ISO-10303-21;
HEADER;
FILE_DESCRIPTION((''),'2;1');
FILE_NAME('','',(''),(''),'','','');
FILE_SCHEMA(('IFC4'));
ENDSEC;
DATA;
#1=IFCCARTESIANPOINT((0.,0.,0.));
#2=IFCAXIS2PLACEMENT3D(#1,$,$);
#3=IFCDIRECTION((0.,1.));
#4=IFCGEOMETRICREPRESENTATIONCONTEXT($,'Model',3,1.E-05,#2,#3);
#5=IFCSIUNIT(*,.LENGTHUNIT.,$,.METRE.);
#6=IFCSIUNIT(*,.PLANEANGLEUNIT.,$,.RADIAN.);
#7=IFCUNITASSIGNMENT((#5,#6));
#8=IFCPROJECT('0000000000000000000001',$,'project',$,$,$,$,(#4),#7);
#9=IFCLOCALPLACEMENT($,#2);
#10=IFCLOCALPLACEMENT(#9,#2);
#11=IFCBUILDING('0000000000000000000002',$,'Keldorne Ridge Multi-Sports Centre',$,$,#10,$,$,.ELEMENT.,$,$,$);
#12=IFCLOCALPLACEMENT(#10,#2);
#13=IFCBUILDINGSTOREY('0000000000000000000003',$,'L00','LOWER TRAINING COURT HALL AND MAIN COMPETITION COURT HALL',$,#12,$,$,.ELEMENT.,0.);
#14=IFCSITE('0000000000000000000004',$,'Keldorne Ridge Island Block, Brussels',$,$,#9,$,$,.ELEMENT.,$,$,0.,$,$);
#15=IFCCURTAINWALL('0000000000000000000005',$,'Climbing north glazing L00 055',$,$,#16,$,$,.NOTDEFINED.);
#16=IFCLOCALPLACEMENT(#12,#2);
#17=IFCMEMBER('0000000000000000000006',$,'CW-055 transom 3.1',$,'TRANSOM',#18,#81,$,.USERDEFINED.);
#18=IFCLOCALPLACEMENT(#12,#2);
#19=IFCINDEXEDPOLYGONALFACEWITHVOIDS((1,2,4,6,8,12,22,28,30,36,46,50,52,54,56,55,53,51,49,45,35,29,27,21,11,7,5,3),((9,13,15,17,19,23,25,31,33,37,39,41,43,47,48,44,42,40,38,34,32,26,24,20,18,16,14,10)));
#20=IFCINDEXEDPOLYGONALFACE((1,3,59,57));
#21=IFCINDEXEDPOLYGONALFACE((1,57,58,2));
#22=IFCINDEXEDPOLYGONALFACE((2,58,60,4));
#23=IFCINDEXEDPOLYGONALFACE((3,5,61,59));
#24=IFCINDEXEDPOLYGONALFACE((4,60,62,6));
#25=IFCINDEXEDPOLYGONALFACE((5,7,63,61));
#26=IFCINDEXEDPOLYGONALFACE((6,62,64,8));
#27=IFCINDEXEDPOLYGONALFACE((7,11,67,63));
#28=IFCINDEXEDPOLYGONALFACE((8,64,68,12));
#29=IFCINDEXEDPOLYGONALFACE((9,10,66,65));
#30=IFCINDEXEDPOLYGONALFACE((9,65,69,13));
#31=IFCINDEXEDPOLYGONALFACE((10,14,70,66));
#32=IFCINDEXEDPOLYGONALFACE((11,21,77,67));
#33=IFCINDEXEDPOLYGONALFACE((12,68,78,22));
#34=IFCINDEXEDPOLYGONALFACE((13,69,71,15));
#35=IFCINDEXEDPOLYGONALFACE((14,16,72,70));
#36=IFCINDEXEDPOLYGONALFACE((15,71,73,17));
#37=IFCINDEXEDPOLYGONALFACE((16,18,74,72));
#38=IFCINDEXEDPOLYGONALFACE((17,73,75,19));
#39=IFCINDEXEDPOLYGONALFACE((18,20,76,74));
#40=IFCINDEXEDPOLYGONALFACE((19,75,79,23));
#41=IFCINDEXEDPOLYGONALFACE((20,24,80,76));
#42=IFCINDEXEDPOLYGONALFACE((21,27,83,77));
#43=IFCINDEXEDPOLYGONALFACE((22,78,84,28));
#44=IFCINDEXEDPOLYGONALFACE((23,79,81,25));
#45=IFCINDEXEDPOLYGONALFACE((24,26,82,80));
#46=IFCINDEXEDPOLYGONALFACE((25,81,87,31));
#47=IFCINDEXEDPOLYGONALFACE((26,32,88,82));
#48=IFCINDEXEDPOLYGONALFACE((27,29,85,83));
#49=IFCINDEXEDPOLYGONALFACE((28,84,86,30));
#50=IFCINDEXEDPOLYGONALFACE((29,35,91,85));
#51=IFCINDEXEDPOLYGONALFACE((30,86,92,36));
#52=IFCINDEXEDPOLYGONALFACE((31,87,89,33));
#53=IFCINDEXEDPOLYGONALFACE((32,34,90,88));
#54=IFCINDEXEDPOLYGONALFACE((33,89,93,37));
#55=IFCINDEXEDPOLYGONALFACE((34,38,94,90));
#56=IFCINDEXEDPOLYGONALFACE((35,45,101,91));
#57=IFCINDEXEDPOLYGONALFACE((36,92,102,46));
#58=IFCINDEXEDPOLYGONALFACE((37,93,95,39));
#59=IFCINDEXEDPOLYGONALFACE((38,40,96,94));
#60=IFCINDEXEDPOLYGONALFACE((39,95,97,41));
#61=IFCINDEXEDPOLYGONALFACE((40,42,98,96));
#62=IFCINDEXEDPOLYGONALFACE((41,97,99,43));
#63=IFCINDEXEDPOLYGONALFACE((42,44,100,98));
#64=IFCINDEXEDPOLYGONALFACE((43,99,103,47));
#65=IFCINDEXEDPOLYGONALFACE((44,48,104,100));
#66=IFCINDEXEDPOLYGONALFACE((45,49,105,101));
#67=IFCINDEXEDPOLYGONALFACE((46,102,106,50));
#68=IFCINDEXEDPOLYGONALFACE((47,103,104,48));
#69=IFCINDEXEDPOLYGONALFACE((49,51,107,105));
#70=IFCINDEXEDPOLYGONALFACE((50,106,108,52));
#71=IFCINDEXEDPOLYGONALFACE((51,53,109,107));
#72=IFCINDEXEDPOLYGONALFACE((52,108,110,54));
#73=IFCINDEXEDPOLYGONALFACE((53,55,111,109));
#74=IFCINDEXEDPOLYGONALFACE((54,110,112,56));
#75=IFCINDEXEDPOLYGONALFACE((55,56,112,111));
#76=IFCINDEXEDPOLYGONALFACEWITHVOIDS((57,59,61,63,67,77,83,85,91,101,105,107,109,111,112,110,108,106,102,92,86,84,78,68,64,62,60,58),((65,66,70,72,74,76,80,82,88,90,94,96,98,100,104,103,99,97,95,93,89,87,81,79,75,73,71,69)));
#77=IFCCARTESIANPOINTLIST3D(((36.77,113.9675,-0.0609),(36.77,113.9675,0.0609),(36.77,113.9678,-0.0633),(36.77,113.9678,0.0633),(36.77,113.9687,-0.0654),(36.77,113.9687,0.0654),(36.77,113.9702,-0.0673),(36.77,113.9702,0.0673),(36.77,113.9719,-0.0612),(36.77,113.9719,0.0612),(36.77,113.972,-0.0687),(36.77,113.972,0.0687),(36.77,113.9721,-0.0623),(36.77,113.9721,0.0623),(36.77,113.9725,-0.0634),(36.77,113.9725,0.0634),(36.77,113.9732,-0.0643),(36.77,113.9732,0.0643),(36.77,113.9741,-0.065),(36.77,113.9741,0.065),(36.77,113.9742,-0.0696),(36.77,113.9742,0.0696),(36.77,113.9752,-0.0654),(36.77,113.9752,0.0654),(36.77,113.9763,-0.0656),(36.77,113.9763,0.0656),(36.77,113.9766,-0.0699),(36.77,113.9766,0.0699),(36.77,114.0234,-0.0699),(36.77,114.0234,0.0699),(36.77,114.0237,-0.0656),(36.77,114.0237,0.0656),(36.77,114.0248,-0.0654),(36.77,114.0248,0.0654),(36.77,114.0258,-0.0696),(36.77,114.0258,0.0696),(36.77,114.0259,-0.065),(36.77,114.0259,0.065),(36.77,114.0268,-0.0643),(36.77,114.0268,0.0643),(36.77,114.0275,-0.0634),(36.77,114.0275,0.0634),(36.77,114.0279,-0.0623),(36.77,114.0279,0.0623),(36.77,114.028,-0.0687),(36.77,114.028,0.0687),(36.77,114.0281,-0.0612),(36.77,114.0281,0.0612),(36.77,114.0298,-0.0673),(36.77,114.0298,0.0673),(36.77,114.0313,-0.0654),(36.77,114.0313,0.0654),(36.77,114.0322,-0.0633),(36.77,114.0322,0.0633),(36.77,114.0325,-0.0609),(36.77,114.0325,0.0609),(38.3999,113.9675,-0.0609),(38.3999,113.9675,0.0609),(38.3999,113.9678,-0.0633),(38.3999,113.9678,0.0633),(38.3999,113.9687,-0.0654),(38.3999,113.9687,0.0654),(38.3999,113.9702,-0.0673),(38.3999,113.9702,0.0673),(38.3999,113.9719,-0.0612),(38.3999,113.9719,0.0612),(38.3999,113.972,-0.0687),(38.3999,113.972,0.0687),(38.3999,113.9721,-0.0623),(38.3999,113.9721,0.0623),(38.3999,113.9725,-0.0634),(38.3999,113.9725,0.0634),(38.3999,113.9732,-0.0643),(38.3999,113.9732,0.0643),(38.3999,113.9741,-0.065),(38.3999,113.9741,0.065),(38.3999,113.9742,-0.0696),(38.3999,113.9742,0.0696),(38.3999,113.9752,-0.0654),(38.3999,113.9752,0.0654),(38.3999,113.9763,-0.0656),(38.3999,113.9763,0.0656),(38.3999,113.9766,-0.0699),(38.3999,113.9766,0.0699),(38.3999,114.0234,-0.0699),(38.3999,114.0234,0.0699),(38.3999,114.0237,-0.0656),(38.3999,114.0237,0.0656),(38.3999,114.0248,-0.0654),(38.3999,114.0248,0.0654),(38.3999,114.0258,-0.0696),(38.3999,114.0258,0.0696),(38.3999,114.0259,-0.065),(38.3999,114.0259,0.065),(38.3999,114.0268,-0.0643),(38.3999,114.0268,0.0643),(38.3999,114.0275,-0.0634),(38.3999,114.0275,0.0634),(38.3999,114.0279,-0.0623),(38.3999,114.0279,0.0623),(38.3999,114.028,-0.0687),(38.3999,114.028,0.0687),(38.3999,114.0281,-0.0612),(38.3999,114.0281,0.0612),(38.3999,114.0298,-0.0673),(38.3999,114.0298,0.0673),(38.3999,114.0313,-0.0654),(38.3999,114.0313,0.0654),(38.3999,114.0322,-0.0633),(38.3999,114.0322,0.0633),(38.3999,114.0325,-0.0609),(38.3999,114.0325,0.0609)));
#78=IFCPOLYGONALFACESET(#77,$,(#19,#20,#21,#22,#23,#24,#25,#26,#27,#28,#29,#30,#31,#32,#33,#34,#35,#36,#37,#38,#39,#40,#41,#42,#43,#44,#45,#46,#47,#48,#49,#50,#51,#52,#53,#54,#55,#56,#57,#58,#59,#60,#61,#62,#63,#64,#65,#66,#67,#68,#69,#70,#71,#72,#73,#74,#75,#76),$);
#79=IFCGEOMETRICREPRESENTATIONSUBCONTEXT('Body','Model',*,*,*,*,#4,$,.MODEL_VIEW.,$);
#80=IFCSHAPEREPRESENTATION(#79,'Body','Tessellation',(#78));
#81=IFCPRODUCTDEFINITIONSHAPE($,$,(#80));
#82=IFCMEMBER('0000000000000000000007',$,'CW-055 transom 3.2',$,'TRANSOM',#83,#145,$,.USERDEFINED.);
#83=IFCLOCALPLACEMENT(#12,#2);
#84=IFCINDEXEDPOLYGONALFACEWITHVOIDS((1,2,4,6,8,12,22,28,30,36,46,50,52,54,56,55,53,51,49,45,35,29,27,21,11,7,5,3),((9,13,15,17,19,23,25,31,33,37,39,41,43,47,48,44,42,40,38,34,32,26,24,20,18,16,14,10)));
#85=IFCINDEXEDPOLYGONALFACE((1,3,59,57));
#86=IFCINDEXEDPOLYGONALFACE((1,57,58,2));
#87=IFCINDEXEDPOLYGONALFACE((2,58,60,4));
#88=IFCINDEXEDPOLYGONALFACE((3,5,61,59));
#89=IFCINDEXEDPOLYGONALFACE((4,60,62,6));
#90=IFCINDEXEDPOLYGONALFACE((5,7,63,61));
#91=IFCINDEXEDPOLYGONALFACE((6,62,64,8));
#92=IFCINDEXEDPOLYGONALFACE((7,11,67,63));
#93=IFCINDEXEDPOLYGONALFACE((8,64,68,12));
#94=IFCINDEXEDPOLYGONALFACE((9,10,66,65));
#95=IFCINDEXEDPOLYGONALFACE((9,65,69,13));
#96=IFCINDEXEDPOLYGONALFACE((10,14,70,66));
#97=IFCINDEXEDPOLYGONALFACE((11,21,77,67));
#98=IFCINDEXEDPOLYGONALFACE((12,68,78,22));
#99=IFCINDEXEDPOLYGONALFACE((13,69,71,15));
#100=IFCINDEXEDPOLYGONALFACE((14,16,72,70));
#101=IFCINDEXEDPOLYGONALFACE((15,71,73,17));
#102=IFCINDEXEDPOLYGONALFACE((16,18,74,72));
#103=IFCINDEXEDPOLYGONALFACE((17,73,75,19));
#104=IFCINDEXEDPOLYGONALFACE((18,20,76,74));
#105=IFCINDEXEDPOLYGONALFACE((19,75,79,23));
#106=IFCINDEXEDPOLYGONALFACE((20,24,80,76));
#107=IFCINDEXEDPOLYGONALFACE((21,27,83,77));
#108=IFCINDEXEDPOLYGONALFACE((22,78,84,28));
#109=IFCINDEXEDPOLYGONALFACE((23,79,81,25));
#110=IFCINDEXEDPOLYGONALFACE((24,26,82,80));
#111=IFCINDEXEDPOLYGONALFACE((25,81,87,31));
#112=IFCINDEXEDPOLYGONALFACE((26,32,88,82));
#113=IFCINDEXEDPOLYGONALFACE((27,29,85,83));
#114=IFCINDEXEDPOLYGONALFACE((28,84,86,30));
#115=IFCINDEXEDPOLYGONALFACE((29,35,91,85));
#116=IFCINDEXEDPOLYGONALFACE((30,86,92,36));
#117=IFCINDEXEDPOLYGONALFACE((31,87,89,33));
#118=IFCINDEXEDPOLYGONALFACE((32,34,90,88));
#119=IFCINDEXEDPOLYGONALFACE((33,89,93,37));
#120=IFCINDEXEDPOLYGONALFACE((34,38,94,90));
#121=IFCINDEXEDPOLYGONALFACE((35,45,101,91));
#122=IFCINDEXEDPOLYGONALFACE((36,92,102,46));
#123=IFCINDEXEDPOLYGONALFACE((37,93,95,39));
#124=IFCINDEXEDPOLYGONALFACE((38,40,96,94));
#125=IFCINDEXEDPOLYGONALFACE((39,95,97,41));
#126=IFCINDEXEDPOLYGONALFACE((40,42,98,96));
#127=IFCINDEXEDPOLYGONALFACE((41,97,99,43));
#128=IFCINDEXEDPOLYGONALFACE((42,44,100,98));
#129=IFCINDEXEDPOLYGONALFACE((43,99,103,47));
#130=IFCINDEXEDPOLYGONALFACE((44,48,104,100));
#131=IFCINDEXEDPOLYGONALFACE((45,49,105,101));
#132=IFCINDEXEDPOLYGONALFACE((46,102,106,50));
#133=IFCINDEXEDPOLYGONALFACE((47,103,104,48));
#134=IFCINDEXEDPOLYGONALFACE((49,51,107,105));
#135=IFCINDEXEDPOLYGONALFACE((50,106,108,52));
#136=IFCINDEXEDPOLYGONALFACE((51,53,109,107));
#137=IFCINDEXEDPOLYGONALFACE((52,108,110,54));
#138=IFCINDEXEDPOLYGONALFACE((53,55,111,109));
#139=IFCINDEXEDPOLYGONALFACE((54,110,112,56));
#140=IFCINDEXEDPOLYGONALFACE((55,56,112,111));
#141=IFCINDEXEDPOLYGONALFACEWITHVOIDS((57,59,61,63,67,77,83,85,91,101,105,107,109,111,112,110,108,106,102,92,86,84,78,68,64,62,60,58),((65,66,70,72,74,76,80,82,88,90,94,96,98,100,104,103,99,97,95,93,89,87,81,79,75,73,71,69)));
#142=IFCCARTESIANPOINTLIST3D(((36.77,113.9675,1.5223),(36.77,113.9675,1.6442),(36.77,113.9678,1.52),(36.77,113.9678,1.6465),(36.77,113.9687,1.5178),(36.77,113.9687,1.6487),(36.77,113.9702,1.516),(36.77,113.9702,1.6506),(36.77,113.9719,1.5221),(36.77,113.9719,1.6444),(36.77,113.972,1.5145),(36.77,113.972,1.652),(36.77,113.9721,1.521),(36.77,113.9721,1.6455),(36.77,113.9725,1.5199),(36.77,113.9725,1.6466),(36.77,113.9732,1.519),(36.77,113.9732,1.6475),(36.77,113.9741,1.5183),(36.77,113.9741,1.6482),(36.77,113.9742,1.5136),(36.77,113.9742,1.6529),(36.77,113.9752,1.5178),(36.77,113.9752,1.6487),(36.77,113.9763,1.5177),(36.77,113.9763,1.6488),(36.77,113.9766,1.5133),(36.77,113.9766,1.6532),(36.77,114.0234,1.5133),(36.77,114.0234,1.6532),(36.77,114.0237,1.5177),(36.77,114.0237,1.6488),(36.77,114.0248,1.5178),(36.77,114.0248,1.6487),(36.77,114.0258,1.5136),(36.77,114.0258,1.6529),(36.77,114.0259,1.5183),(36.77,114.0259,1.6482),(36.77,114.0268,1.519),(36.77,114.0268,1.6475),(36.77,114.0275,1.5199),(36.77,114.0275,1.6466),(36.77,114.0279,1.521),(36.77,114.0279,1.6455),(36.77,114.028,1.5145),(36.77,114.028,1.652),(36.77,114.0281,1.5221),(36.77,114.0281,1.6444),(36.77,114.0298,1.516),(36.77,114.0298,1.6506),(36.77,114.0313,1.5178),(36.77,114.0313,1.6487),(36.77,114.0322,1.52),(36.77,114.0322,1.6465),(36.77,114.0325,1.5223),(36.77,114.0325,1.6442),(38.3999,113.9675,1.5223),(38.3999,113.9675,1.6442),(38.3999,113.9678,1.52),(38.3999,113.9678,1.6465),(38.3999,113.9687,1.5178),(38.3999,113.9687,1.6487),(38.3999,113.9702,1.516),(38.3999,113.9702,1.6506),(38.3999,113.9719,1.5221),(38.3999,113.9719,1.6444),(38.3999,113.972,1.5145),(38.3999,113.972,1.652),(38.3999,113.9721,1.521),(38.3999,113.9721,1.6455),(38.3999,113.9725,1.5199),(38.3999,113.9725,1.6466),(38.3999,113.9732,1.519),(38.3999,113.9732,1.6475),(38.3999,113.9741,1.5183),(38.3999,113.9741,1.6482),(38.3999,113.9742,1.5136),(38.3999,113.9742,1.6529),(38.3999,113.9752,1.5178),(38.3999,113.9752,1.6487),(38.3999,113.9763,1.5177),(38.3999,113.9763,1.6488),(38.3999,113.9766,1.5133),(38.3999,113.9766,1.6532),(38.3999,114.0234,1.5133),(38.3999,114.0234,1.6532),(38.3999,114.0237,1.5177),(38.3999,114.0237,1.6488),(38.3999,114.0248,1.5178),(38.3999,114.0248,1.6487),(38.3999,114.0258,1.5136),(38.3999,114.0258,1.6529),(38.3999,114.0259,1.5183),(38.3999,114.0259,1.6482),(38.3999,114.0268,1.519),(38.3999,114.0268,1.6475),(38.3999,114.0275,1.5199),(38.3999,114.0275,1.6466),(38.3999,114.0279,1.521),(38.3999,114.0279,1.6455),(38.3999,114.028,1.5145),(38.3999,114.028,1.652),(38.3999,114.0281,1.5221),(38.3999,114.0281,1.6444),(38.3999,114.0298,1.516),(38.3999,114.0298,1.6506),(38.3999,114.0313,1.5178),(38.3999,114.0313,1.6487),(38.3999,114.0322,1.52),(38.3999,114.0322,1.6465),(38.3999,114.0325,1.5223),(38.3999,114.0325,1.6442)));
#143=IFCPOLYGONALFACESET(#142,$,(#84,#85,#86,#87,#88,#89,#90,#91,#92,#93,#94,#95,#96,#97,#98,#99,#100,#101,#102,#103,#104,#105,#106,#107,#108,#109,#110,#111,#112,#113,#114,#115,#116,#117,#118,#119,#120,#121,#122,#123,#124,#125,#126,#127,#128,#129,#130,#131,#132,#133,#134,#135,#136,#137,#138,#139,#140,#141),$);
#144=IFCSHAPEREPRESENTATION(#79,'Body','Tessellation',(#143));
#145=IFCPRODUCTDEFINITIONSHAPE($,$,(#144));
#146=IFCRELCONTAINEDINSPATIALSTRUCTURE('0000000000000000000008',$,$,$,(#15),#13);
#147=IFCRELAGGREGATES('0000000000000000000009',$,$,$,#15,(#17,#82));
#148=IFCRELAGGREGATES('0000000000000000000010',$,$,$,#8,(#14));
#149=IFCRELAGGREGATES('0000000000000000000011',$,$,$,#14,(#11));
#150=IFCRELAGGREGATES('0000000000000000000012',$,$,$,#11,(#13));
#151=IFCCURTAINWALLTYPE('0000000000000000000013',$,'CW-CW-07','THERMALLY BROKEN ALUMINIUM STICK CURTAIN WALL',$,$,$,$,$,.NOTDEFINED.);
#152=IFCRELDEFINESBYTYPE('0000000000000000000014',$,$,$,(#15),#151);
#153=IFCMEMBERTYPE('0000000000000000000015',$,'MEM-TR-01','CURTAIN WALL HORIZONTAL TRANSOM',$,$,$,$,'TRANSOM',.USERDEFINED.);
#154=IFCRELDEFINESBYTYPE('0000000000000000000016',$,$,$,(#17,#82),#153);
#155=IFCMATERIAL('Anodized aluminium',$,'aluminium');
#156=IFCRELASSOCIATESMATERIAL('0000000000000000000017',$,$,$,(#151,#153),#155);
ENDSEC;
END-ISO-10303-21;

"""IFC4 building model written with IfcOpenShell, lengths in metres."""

from ifc_helpers import new_model, si_unit, direction, frame, origin, origin_2d, place, context, subcontext, project, spatial, hollow_rectangle, extrude, material, material_profile, profile_set, type_object, element, aggregate, save


model = new_model("IFC4")

# Units and contexts
model_context = context("Model", 3, precision=1e-05, world=origin(), true_north=direction((0.0, 1.0)))
body_context = subcontext(model_context, "Body", "Model", "MODEL_VIEW")
ifc_project = project(units=[si_unit("LENGTHUNIT", "METRE"), si_unit("PLANEANGLEUNIT", "RADIAN")], contexts=[model_context])

# Site, building, storey
site_placement = place(None, origin())
site = spatial("IfcSite", under=ifc_project, at=site_placement, Name="Keldorne Ridge Island Block, Brussels", CompositionType="ELEMENT", RefElevation=0.0)
building_placement = place(site_placement, origin())
building = spatial("IfcBuilding", under=site, at=building_placement, Name="Keldorne Ridge Multi-Sports Centre", CompositionType="ELEMENT")
storey_placement = place(building_placement, origin())
storey = spatial("IfcBuildingStorey", under=building, at=storey_placement, Name="L00", Description="LOWER TRAINING COURT HALL AND MAIN COMPETITION COURT HALL", CompositionType="ELEMENT", Elevation=0.0)

# Curtain wall, members
ifc_material_1 = material(Name="Anodized aluminium", Category="aluminium")
curtain_wall_type = type_object("IfcCurtainWallType", Name="CW-CW-07", Description="THERMALLY BROKEN ALUMINIUM STICK CURTAIN WALL", PredefinedType="NOTDEFINED", material=ifc_material_1)
curtain_wall_placement = place(storey_placement, origin())
curtain_wall = element("IfcCurtainWall", 1, at=curtain_wall_placement, inside=storey, type_object=curtain_wall_type, Name="Climbing north glazing L00 055", PredefinedType="NOTDEFINED")
ifc_material_profile_1 = material_profile(ifc_material_1, hollow_rectangle(XDim=0.0649, YDim=0.1399, WallThickness=0.0044, InnerFilletRadius=0.0044, OuterFilletRadius=0.009, at=origin_2d()), Name="ALU TRANSOM 140x65x4.5")
ifc_profile_set_1 = profile_set([ifc_material_profile_1], Name="Anodized aluminium")
member_type_1 = type_object("IfcMemberType", Name="MEM-TR-01", Description="CURTAIN WALL HORIZONTAL TRANSOM", ElementType="TRANSOM", PredefinedType="USERDEFINED", material=ifc_profile_set_1)
member_1_placement = place(storey_placement, frame((38.3999, 114.0, 0.0), z_axis=(-1.0, 0.0, 0.0), x_axis=(0.0, -1.0, 0.0)))
member_1 = element("IfcMember", 2, at=member_1_placement, type_object=member_type_1, Name="CW-055 transom 3.1", ObjectType="TRANSOM", PredefinedType="USERDEFINED", context=body_context, shape_type="SweptSolid", body=[
    extrude(hollow_rectangle(XDim=0.0649, YDim=0.1399, WallThickness=0.0044, InnerFilletRadius=0.0044, OuterFilletRadius=0.009, at=origin_2d()), origin(), (0.0, 0.0, 1.0), 1.6299),
])
member_2_placement = place(storey_placement, frame((38.3999, 114.0, 1.5833), z_axis=(-1.0, 0.0, 0.0), x_axis=(0.0, -1.0, 0.0)))
member_2 = element("IfcMember", 3, at=member_2_placement, type_object=member_type_1, Name="CW-055 transom 3.2", ObjectType="TRANSOM", PredefinedType="USERDEFINED", context=body_context, shape_type="SweptSolid", body=[
    extrude(hollow_rectangle(XDim=0.0649, YDim=0.1399, WallThickness=0.0044, InnerFilletRadius=0.0044, OuterFilletRadius=0.009, at=origin_2d()), origin(), (0.0, 0.0, 1.0), 1.6299),
])
aggregate(curtain_wall, [member_1, member_2])

save(model, "model.ifc")
